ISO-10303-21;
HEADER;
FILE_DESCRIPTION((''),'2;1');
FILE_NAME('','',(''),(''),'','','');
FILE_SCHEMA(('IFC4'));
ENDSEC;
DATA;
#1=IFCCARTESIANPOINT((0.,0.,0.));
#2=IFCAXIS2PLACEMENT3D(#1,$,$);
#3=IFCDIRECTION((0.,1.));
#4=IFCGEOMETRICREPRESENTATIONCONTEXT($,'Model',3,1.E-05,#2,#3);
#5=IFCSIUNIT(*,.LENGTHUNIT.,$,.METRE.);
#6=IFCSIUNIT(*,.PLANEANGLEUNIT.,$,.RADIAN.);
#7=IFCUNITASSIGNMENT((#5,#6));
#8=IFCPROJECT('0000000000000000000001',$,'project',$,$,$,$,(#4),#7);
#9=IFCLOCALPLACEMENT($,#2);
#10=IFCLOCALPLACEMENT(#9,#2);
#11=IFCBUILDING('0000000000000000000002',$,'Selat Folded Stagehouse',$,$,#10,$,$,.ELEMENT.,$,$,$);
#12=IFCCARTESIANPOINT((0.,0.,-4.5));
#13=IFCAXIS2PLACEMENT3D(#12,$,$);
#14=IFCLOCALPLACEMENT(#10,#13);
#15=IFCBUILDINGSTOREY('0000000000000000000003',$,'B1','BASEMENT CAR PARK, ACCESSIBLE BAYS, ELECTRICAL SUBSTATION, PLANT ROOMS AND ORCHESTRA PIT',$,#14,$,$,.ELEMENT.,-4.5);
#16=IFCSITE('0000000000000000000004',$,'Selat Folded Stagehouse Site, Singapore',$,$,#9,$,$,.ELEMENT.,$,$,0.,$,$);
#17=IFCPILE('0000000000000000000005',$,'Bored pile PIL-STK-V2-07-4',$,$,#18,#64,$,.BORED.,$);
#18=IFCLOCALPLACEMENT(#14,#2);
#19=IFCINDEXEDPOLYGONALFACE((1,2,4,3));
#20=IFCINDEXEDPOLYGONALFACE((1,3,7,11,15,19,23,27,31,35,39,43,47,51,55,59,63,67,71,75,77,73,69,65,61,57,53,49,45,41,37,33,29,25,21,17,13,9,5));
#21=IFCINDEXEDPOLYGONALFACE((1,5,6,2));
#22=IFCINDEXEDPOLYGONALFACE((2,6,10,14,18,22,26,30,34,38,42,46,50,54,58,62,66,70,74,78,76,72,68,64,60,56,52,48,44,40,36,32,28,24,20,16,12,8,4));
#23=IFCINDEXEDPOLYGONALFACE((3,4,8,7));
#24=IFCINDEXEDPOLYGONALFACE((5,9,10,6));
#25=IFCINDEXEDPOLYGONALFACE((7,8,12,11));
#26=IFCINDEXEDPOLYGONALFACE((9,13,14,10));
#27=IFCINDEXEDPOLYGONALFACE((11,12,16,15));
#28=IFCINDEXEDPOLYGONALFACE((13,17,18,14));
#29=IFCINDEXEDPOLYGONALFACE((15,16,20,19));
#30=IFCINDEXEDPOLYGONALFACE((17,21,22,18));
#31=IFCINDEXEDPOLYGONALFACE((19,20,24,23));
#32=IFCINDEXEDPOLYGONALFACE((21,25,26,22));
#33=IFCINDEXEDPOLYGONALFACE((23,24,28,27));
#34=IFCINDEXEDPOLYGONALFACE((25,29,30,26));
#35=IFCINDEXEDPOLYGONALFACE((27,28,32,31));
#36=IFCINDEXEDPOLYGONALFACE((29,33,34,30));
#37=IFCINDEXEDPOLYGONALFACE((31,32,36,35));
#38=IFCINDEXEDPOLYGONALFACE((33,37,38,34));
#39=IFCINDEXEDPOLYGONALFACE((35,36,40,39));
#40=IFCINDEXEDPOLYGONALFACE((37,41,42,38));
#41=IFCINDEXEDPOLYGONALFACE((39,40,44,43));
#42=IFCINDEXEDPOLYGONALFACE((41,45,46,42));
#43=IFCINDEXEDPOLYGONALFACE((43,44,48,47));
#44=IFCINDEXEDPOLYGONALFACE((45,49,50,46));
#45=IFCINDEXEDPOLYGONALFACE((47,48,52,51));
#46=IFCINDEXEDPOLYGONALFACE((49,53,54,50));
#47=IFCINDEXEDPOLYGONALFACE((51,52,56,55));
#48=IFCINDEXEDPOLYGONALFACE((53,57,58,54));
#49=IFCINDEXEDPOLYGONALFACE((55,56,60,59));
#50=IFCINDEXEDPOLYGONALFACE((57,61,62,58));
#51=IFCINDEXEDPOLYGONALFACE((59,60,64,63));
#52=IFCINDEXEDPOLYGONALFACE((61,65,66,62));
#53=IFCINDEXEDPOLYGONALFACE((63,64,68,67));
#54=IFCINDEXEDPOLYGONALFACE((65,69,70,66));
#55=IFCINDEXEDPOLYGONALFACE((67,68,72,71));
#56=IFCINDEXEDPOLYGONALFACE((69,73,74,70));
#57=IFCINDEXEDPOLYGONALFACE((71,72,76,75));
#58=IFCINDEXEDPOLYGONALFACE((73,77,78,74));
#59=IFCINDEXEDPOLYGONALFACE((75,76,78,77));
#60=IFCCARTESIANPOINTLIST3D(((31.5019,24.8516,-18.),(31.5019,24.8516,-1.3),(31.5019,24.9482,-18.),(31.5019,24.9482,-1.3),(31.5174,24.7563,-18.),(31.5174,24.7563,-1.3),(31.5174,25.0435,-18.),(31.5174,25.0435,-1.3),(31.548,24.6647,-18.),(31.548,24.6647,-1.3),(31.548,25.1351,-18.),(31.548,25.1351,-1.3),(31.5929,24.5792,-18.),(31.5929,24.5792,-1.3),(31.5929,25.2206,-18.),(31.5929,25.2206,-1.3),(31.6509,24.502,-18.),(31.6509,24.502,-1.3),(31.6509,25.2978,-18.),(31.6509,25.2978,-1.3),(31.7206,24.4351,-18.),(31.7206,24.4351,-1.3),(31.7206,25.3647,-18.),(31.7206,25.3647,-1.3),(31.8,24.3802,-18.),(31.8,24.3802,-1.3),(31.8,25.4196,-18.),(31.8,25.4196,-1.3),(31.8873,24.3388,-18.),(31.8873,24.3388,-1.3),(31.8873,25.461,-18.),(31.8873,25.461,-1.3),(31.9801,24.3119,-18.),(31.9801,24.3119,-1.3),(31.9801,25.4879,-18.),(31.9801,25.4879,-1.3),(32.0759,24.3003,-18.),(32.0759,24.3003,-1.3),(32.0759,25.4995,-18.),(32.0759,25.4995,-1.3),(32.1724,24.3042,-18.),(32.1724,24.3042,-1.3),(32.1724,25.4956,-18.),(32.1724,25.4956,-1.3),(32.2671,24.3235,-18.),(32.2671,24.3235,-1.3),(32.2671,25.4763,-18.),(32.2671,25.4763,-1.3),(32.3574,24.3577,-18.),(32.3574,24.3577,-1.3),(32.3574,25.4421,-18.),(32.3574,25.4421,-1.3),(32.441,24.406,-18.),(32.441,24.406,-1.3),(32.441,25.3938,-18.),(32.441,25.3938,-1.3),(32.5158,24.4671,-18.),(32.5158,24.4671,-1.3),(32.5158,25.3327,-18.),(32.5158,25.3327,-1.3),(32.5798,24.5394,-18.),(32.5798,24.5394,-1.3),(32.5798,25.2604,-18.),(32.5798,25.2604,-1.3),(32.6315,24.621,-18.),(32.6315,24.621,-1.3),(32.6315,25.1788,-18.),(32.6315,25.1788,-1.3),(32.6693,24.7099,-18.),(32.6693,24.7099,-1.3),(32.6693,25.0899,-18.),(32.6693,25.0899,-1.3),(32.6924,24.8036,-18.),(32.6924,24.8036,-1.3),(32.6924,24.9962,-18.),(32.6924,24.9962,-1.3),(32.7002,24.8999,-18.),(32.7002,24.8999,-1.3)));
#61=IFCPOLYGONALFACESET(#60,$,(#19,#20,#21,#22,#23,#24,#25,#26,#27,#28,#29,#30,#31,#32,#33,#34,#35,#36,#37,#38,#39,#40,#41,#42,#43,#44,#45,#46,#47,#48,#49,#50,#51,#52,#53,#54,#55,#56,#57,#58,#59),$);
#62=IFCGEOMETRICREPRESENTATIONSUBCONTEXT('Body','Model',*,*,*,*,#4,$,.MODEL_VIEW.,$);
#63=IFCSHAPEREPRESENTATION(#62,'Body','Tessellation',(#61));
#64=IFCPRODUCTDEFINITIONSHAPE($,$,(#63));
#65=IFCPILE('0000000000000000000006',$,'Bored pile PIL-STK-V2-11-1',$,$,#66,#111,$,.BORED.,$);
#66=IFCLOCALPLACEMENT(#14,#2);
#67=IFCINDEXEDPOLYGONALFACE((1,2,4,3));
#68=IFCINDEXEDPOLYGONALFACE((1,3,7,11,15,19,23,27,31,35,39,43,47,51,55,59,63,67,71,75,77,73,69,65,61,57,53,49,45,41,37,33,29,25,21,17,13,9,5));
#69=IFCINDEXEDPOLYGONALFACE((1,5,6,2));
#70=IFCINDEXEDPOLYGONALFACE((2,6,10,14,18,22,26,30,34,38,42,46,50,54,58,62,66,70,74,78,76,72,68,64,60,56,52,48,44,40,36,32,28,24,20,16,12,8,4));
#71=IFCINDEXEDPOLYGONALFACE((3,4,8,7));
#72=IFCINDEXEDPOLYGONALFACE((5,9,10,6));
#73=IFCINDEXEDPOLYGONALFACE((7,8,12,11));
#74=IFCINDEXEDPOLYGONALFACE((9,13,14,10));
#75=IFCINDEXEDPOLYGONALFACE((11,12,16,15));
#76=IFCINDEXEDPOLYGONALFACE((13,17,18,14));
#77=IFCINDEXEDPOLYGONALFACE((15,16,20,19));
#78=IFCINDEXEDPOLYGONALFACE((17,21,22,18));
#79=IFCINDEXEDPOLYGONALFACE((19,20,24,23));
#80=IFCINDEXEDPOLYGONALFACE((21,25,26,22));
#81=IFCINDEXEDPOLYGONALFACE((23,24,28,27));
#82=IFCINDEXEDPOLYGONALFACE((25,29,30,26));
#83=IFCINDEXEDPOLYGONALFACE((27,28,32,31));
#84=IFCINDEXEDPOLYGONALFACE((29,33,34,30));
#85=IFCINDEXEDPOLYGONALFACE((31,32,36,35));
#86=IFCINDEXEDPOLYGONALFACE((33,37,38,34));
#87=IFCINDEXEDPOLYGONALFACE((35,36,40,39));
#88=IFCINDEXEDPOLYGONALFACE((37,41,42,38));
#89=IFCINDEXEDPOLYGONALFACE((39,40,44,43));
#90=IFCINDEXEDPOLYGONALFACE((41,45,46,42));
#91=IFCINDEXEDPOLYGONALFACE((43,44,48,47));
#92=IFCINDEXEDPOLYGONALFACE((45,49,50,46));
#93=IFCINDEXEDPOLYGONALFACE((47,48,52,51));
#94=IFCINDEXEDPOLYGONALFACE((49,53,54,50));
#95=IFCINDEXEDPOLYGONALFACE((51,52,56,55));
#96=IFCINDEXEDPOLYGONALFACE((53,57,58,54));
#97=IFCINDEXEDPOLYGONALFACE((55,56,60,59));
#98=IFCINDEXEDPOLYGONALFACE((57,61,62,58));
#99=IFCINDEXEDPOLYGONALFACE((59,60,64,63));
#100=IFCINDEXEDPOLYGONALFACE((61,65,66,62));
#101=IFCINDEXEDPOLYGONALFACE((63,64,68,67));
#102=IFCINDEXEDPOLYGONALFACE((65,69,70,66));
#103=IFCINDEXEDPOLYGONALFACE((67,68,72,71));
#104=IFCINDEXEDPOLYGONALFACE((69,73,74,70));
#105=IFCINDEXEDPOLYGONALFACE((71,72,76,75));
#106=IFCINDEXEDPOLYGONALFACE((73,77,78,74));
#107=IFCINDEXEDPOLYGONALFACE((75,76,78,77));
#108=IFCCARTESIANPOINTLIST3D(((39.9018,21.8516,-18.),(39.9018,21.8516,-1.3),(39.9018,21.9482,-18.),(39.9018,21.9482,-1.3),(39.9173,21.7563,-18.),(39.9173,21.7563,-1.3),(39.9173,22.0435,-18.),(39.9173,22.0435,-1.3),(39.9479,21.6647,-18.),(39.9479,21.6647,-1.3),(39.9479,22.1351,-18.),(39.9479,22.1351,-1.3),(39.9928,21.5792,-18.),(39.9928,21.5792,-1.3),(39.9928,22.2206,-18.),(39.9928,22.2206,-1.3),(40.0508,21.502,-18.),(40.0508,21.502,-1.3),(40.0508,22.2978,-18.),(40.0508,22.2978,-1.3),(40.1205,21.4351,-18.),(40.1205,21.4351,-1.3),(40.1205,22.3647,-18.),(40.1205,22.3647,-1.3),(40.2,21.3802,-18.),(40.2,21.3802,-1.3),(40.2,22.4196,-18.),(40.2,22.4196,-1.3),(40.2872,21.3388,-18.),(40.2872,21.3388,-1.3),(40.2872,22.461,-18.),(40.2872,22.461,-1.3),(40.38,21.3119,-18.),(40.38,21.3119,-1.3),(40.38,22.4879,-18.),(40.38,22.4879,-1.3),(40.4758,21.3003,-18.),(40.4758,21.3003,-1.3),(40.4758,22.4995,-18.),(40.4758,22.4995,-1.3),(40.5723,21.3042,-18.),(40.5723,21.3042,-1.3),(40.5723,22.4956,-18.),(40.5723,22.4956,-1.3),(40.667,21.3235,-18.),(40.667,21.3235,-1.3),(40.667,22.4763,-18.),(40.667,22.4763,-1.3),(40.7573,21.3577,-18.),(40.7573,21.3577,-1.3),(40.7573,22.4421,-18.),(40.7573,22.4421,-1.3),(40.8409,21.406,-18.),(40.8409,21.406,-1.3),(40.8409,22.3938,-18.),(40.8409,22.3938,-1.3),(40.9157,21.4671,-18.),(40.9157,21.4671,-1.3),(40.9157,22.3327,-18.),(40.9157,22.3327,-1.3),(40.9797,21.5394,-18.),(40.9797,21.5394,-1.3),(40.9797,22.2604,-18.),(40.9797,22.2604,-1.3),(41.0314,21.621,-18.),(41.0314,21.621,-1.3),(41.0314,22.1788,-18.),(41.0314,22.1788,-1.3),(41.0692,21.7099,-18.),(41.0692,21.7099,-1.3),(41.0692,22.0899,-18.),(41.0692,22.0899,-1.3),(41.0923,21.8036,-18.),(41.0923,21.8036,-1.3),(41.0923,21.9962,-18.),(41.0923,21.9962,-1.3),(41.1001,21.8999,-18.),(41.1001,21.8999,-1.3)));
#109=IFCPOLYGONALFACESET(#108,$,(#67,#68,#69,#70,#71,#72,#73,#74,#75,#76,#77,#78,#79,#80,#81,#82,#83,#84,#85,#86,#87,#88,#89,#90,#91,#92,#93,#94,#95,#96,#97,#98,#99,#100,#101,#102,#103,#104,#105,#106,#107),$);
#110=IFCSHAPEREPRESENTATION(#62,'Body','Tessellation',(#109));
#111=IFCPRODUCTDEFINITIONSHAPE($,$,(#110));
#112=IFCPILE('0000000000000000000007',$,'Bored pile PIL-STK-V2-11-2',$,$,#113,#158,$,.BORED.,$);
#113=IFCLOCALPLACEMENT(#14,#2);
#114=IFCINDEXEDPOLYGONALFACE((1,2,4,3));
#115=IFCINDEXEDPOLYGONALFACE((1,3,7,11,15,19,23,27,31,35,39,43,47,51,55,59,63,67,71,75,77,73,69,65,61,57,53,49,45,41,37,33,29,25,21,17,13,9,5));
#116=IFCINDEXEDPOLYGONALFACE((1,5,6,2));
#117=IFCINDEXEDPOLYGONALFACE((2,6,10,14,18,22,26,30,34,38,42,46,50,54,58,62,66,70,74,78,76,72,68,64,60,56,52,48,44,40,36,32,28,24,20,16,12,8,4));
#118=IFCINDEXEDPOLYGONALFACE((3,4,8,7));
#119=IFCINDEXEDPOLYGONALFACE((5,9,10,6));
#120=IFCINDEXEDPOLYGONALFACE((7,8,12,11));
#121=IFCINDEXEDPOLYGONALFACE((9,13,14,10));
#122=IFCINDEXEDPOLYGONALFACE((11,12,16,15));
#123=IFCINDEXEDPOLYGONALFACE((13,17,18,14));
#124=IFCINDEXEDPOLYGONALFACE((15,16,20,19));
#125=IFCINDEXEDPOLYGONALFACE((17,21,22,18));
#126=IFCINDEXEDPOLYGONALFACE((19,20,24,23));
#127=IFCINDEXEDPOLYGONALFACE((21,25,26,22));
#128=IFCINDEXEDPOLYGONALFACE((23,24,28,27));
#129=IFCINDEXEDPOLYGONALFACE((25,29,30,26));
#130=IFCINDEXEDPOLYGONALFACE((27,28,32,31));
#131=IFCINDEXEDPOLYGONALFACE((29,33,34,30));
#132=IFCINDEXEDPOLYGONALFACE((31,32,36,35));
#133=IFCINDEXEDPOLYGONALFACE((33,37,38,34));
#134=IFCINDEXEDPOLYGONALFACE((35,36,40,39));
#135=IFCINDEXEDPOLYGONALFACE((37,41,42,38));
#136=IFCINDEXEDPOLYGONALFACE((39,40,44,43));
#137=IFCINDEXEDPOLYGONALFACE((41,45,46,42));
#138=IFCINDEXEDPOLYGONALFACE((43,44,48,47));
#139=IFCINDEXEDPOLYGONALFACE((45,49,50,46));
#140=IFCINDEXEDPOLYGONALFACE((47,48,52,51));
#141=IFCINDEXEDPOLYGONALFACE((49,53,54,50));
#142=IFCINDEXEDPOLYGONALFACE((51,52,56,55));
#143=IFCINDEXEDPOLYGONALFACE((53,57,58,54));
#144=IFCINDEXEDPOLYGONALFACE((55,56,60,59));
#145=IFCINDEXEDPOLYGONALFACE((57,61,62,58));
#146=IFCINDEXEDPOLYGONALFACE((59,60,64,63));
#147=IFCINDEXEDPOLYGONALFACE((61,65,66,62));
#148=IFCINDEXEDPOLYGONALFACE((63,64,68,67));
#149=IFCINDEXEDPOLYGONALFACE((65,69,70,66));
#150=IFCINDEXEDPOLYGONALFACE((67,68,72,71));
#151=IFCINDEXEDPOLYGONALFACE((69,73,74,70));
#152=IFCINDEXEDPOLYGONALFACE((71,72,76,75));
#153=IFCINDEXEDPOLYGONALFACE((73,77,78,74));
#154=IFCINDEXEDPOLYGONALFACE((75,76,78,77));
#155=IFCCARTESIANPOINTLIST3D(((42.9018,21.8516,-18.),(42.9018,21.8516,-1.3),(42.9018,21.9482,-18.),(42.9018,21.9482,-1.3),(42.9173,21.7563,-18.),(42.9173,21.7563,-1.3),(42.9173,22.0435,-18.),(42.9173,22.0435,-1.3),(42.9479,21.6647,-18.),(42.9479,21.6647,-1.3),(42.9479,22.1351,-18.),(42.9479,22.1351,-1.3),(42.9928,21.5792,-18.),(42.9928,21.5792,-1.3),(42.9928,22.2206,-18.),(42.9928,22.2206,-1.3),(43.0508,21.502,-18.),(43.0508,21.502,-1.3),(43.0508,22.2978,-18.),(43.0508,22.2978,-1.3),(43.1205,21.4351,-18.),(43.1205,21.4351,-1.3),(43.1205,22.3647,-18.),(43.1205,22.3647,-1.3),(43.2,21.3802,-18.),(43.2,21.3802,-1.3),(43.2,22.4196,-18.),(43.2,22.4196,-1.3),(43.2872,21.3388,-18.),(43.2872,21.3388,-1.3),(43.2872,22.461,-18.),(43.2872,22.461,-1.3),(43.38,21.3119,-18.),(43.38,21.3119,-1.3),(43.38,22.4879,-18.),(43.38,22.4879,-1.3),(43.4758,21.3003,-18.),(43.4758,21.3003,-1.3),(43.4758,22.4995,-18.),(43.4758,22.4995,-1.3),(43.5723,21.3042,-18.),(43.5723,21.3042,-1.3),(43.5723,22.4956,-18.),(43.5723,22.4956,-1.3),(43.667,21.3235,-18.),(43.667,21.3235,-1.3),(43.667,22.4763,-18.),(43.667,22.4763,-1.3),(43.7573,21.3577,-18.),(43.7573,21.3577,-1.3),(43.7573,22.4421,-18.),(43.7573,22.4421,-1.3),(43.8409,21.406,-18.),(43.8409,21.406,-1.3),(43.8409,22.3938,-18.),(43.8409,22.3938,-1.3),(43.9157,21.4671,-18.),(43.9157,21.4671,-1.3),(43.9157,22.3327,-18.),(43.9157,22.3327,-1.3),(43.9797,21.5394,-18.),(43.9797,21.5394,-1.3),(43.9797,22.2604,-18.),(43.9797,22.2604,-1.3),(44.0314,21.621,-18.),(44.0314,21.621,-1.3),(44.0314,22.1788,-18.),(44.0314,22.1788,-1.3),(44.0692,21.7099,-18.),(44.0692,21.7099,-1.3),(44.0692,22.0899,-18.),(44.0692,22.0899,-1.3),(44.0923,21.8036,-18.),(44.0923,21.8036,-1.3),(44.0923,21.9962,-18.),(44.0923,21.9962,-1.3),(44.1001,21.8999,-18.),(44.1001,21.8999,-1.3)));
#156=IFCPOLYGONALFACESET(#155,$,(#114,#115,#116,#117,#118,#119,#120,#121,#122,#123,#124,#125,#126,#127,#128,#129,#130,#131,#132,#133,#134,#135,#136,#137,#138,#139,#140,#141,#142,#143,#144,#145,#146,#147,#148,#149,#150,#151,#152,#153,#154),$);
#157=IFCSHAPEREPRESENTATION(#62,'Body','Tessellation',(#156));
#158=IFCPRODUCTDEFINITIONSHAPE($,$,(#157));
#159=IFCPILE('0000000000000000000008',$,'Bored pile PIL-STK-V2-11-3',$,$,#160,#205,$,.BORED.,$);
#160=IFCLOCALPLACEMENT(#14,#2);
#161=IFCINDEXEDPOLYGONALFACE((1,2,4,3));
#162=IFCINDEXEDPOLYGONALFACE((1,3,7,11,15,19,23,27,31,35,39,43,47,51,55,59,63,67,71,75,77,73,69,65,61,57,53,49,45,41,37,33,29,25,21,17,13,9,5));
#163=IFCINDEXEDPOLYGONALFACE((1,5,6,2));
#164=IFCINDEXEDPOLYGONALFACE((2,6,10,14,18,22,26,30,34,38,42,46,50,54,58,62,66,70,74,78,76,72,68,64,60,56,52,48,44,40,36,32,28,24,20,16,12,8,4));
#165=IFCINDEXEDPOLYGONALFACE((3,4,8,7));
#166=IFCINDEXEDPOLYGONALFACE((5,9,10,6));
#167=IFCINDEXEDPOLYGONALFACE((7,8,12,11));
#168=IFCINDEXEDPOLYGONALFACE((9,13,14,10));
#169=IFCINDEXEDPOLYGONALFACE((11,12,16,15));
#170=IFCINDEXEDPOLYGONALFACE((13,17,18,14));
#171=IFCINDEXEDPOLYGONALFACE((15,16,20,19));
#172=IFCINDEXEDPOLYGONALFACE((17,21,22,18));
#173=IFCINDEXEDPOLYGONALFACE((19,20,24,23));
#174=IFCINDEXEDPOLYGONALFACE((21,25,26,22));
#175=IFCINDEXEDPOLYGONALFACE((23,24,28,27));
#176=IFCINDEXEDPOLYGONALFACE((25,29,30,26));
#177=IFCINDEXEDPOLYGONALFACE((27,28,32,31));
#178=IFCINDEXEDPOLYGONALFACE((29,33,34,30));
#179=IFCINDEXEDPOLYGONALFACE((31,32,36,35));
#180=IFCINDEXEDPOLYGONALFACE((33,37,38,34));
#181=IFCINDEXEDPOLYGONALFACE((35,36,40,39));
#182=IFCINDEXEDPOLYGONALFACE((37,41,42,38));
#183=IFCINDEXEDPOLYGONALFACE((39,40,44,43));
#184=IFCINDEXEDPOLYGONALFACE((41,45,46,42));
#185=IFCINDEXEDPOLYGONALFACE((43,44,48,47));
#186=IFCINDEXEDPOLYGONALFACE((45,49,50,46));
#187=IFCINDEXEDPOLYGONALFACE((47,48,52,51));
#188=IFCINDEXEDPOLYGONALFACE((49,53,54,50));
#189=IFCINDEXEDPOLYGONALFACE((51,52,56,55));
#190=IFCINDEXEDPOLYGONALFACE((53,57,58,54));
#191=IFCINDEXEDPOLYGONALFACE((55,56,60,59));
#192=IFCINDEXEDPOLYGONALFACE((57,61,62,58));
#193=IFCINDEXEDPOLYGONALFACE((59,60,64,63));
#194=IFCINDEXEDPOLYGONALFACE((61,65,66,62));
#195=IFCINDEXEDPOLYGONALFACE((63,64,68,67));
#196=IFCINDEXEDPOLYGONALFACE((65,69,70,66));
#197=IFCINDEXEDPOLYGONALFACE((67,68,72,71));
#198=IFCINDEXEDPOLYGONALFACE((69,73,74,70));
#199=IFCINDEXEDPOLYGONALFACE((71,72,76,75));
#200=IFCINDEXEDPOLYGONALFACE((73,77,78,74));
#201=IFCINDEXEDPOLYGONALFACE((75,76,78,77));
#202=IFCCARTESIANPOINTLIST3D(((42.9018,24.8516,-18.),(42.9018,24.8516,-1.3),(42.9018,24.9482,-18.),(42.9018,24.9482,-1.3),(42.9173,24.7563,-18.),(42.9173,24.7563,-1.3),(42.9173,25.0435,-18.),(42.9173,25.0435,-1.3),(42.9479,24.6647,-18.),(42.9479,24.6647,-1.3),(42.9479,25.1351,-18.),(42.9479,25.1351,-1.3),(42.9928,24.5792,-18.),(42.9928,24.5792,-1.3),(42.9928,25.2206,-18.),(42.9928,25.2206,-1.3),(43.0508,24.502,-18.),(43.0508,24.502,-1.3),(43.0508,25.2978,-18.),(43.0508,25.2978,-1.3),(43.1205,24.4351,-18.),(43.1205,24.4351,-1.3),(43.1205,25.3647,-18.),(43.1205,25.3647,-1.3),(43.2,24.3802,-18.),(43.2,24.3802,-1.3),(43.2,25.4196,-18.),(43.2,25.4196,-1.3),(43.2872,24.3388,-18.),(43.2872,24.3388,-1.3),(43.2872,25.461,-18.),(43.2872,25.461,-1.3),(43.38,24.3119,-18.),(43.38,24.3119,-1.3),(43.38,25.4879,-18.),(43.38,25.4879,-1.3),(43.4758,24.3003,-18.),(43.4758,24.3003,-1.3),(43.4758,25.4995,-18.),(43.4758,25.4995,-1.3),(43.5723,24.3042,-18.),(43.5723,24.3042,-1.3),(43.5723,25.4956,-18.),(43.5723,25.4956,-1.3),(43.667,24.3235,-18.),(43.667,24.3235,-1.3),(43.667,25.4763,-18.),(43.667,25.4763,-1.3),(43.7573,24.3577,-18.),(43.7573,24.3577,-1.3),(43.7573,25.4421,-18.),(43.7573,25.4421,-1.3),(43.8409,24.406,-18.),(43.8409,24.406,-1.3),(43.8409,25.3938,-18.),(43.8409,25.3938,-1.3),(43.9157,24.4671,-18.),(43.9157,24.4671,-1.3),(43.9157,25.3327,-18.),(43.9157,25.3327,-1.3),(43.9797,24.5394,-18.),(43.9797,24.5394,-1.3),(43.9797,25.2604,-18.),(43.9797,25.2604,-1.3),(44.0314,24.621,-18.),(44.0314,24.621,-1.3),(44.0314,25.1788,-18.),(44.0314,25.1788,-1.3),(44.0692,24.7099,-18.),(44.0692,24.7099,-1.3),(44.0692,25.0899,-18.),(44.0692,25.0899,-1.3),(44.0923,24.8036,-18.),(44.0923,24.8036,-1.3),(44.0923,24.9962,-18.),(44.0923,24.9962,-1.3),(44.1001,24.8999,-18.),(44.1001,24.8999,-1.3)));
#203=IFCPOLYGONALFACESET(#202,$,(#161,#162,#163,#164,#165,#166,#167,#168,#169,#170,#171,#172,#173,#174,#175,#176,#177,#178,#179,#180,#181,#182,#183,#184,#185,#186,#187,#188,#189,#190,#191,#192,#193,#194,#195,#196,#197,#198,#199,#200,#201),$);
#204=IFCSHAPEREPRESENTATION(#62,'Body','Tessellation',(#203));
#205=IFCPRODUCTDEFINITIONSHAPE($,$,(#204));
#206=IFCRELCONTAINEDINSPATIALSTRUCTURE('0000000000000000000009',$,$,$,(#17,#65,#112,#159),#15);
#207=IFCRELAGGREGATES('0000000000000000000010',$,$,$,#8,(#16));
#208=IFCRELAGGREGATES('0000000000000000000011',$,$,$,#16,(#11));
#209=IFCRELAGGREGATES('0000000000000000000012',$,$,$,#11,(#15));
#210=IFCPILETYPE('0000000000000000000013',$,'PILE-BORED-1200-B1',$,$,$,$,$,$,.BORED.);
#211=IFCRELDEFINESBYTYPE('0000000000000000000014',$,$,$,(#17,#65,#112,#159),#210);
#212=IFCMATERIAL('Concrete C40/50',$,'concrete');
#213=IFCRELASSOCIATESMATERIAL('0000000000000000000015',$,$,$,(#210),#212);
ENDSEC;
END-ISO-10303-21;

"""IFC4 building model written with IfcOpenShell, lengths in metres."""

from ifc_helpers import new_model, si_unit, direction, frame, origin, origin_2d, place, context, subcontext, project, spatial, circle, extrude, material, material_profile, profile_set, type_object, element, save


model = new_model("IFC4")

# Units and contexts
model_context = context("Model", 3, precision=1e-05, world=origin(), true_north=direction((0.0, 1.0)))
body_context = subcontext(model_context, "Body", "Model", "MODEL_VIEW")
ifc_project = project(units=[si_unit("LENGTHUNIT", "METRE"), si_unit("PLANEANGLEUNIT", "RADIAN")], contexts=[model_context])

# Site, building, storey
site_placement = place(None, origin())
site = spatial("IfcSite", under=ifc_project, at=site_placement, Name="Selat Folded Stagehouse Site, Singapore", CompositionType="ELEMENT", RefElevation=0.0)
building_placement = place(site_placement, origin())
building = spatial("IfcBuilding", under=site, at=building_placement, Name="Selat Folded Stagehouse", CompositionType="ELEMENT")
storey_placement = place(building_placement, frame((0.0, 0.0, -4.5)))
storey = spatial("IfcBuildingStorey", under=building, at=storey_placement, Name="B1", Description="BASEMENT CAR PARK, ACCESSIBLE BAYS, ELECTRICAL SUBSTATION, PLANT ROOMS AND ORCHESTRA PIT", CompositionType="ELEMENT", Elevation=-4.5)

# Shared definitions
ifc_material_1 = material(Name="Concrete C40/50", Category="concrete")

# Piles
ifc_material_profile_1 = material_profile(ifc_material_1, circle(Radius=0.6001, at=origin_2d()), Name="PILE D1200")
ifc_profile_set_1 = profile_set([ifc_material_profile_1], Name="Concrete C40/50")
pile_type = type_object("IfcPileType", Name="PILE-BORED-1200-B1", PredefinedType="BORED", material=ifc_profile_set_1)
for number, where, z_axis, x_axis, name in (
    (1, (32.1001, 24.8999, -1.3), (0.0, 0.0, -1.0), (1.0, 0.0, 0.0), "Bored pile PIL-STK-V2-07-4"),
    (2, (40.5, 21.8999, -1.3), (0.0, 0.0, -1.0), (1.0, 0.0, 0.0), "Bored pile PIL-STK-V2-11-1"),
    (3, (43.5, 21.8999, -1.3), (0.0, 0.0, -1.0), (1.0, 0.0, 0.0), "Bored pile PIL-STK-V2-11-2"),
    (4, (43.5, 24.8999, -1.3), (0.0, 0.0, -1.0), (1.0, 0.0, 0.0), "Bored pile PIL-STK-V2-11-3"),
):
    element("IfcPile", number, at=place(storey_placement, frame(where, z_axis=z_axis, x_axis=x_axis)), inside=storey, type_object=pile_type, Name=name, PredefinedType="BORED", context=body_context, shape_type="SweptSolid", body=[
        extrude(circle(Radius=0.6001, at=origin_2d()), origin(), (0.0, 0.0, 1.0), 16.7),
    ])

save(model, "model.ifc")
